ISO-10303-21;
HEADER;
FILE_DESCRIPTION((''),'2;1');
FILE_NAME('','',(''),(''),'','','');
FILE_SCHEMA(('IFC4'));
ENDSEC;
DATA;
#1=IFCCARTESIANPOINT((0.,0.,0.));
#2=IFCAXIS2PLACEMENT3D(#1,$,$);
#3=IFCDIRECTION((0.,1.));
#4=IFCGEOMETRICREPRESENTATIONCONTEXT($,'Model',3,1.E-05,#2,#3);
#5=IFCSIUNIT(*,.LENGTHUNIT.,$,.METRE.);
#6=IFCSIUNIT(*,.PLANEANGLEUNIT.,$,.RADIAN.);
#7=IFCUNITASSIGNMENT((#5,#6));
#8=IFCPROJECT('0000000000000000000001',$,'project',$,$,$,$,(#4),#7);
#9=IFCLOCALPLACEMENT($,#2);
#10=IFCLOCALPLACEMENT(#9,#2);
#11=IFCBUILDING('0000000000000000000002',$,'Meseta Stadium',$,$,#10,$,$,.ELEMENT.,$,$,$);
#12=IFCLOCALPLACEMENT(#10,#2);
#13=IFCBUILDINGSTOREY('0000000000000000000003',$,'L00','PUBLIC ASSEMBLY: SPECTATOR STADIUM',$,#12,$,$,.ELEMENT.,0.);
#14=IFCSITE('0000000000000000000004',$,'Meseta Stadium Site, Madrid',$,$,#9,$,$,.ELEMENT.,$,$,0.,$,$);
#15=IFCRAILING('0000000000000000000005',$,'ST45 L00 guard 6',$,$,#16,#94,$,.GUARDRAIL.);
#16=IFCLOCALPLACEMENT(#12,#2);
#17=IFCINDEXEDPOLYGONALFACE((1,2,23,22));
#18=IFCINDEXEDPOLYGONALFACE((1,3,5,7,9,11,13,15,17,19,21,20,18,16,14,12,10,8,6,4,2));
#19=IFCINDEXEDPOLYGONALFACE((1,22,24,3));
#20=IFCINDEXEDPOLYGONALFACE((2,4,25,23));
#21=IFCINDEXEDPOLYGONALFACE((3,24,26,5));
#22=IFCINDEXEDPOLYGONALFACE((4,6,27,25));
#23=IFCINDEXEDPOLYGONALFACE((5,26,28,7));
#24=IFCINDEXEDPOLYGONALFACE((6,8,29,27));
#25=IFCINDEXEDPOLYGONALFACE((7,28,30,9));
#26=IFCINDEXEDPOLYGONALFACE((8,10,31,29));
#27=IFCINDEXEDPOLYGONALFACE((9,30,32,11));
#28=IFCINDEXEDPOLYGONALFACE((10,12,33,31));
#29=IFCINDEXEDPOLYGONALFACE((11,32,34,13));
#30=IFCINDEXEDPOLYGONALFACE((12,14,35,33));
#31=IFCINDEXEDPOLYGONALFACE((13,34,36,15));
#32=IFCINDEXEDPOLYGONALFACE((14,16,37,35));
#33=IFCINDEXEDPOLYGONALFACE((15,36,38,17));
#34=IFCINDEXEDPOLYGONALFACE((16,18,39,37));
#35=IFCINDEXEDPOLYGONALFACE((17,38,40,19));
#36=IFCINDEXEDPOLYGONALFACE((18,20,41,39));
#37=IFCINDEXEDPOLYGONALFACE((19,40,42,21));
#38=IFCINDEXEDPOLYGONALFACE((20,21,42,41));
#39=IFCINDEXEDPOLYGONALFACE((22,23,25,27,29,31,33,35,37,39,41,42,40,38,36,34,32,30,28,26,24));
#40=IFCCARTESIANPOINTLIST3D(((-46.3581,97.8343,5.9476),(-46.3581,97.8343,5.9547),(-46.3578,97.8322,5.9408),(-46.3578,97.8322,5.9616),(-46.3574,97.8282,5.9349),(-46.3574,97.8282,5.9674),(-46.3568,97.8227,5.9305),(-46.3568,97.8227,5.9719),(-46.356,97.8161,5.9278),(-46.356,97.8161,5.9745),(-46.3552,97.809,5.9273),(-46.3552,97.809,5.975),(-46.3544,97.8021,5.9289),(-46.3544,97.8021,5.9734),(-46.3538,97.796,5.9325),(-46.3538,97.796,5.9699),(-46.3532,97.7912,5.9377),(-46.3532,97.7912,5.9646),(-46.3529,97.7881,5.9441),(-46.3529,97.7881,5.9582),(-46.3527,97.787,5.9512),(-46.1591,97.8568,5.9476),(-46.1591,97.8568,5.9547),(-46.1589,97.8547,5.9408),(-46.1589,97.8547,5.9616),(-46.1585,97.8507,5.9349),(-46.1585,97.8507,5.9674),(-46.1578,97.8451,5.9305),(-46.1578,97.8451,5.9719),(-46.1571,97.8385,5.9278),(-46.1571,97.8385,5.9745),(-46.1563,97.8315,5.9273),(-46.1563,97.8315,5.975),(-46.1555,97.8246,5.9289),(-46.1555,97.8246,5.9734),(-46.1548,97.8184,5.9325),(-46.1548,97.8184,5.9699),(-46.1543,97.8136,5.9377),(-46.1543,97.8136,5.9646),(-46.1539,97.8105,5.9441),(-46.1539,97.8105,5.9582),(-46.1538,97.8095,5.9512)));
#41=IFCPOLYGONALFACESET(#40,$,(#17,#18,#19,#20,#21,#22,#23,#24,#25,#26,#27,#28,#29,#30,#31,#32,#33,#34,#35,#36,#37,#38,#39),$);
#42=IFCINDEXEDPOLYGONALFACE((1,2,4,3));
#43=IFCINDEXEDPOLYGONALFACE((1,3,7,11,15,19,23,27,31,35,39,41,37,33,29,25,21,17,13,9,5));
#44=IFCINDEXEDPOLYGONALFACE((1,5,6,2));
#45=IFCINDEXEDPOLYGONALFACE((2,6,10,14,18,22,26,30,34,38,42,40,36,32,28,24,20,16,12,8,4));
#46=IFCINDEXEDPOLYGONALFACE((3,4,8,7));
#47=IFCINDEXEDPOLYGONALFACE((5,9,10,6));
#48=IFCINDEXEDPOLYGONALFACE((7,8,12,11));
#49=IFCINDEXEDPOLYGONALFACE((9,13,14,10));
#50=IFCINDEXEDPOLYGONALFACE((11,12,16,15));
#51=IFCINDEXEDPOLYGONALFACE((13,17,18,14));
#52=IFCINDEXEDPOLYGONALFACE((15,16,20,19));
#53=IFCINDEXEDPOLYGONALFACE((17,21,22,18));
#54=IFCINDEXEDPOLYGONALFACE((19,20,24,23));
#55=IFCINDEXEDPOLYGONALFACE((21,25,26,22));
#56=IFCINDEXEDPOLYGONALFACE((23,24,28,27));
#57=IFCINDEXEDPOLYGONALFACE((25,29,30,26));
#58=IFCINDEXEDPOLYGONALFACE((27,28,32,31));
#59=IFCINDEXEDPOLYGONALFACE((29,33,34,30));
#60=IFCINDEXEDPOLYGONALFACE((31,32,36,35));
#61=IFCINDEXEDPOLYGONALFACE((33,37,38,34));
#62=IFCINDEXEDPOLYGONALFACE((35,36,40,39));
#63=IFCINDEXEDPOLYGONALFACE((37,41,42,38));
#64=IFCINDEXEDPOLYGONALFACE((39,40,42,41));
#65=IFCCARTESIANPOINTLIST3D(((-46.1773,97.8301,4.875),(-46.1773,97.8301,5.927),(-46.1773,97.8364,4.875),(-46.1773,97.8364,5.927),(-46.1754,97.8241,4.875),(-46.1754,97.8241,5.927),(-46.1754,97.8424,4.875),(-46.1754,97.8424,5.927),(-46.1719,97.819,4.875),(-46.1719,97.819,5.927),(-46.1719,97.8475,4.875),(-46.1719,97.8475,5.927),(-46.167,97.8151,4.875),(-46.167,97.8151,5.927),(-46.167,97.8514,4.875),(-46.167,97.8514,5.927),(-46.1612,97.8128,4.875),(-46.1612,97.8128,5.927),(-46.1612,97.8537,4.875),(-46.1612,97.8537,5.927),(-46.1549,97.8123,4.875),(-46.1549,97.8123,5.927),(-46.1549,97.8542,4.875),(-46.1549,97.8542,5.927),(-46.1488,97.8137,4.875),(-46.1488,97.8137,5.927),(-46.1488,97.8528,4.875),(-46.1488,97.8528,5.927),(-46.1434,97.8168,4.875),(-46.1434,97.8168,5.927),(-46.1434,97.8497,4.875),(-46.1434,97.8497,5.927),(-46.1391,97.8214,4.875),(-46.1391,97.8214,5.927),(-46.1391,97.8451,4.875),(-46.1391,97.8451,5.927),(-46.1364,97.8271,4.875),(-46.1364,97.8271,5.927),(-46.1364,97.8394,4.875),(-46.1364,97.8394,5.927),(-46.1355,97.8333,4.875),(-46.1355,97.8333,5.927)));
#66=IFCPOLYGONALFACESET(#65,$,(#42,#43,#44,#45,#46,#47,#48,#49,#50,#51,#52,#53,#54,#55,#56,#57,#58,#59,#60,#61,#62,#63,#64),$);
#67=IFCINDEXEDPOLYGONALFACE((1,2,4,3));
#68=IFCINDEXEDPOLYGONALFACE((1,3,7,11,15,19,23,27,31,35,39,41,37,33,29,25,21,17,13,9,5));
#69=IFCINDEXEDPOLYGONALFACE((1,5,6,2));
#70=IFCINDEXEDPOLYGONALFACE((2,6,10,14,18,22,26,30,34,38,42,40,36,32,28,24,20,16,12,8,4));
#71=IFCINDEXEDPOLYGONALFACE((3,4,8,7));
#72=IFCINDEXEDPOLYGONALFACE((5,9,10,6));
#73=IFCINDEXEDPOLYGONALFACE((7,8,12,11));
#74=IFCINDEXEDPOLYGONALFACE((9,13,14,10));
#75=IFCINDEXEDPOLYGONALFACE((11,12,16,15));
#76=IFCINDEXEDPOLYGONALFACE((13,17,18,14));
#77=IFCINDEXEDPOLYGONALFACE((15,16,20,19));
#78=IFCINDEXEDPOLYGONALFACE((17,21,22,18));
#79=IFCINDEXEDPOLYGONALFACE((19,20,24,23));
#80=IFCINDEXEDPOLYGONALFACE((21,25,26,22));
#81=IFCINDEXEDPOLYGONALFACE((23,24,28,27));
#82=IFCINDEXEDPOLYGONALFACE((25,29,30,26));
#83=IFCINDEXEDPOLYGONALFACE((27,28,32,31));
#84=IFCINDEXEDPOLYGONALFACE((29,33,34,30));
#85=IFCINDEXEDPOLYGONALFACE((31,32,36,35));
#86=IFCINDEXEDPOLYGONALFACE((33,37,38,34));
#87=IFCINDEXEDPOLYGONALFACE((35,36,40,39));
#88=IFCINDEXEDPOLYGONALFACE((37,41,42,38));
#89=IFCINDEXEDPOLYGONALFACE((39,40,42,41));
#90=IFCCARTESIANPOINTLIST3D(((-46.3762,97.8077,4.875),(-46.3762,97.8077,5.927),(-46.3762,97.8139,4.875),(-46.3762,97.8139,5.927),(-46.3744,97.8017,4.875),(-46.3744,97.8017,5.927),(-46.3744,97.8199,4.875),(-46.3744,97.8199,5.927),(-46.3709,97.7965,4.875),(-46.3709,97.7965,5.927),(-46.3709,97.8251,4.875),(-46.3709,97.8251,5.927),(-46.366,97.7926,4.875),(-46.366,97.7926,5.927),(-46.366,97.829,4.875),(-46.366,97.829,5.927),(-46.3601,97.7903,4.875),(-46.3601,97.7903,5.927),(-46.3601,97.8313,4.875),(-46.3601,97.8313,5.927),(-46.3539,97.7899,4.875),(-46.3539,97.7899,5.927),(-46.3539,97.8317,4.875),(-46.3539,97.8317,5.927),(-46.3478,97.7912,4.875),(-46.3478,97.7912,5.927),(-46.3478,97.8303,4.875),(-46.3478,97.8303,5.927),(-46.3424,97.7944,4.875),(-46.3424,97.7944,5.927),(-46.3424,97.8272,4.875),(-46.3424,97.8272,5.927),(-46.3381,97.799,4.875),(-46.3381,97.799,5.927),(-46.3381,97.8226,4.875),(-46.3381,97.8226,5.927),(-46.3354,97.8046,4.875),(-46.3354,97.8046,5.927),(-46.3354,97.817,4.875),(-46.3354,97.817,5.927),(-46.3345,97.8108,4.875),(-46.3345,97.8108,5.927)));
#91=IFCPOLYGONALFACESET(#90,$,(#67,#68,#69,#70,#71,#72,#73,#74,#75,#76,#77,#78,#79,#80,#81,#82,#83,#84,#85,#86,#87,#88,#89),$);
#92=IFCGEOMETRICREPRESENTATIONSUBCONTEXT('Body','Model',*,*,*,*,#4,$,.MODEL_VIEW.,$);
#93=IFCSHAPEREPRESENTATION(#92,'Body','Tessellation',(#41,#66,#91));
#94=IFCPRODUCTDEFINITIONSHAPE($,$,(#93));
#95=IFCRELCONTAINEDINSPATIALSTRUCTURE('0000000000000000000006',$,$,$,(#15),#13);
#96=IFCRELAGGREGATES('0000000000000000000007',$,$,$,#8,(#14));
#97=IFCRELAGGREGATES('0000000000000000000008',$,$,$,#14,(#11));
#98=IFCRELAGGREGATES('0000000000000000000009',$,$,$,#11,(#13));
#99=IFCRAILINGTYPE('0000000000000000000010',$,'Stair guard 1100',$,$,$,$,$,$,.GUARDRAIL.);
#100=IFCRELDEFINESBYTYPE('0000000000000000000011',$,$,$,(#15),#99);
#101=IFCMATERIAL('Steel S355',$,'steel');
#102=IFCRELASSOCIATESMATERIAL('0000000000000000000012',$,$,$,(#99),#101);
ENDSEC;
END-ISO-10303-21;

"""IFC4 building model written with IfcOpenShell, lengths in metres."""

from ifc_helpers import new_model, si_unit, direction, frame, origin, origin_2d, place, context, subcontext, project, spatial, circle, extrude, material, type_object, element, save


model = new_model("IFC4")

# Units and contexts
model_context = context("Model", 3, precision=1e-05, world=origin(), true_north=direction((0.0, 1.0)))
body_context = subcontext(model_context, "Body", "Model", "MODEL_VIEW")
ifc_project = project(units=[si_unit("LENGTHUNIT", "METRE"), si_unit("PLANEANGLEUNIT", "RADIAN")], contexts=[model_context])

# Site, building, storey
site_placement = place(None, origin())
site = spatial("IfcSite", under=ifc_project, at=site_placement, Name="Meseta Stadium Site, Madrid", CompositionType="ELEMENT", RefElevation=0.0)
building_placement = place(site_placement, origin())
building = spatial("IfcBuilding", under=site, at=building_placement, Name="Meseta Stadium", CompositionType="ELEMENT")
storey_placement = place(building_placement, origin())
storey = spatial("IfcBuildingStorey", under=building, at=storey_placement, Name="L00", Description="PUBLIC ASSEMBLY: SPECTATOR STADIUM", CompositionType="ELEMENT", Elevation=0.0)

# Railing
ifc_material_1 = material(Name="Steel S355", Category="steel")
railing_type = type_object("IfcRailingType", Name="Stair guard 1100", PredefinedType="GUARDRAIL", material=ifc_material_1)
railing_1_placement = place(storey_placement, frame((-46.1565, 97.8333, 4.875)))
element("IfcRailing", 1, at=railing_1_placement, inside=storey, type_object=railing_type, Name="ST45 L00 guard 6", PredefinedType="GUARDRAIL", context=body_context, shape_type="SweptSolid", body=[
    extrude(circle(Radius=0.0239, at=origin_2d()), frame((0.0, 0.0, 1.0762), z_axis=(-0.993689, -0.112171, 0.0), x_axis=(0.112171, -0.993689, 0.0)), (0.0, 0.0, 1.0), 0.2002),
    extrude(circle(Radius=0.021, at=origin_2d()), origin(), (0.0, 0.0, 1.0), 1.052),
    extrude(circle(Radius=0.021, at=origin_2d()), frame((-0.199, -0.0225, 0.0)), (0.0, 0.0, 1.0), 1.052),
])

save(model, "model.ifc")
